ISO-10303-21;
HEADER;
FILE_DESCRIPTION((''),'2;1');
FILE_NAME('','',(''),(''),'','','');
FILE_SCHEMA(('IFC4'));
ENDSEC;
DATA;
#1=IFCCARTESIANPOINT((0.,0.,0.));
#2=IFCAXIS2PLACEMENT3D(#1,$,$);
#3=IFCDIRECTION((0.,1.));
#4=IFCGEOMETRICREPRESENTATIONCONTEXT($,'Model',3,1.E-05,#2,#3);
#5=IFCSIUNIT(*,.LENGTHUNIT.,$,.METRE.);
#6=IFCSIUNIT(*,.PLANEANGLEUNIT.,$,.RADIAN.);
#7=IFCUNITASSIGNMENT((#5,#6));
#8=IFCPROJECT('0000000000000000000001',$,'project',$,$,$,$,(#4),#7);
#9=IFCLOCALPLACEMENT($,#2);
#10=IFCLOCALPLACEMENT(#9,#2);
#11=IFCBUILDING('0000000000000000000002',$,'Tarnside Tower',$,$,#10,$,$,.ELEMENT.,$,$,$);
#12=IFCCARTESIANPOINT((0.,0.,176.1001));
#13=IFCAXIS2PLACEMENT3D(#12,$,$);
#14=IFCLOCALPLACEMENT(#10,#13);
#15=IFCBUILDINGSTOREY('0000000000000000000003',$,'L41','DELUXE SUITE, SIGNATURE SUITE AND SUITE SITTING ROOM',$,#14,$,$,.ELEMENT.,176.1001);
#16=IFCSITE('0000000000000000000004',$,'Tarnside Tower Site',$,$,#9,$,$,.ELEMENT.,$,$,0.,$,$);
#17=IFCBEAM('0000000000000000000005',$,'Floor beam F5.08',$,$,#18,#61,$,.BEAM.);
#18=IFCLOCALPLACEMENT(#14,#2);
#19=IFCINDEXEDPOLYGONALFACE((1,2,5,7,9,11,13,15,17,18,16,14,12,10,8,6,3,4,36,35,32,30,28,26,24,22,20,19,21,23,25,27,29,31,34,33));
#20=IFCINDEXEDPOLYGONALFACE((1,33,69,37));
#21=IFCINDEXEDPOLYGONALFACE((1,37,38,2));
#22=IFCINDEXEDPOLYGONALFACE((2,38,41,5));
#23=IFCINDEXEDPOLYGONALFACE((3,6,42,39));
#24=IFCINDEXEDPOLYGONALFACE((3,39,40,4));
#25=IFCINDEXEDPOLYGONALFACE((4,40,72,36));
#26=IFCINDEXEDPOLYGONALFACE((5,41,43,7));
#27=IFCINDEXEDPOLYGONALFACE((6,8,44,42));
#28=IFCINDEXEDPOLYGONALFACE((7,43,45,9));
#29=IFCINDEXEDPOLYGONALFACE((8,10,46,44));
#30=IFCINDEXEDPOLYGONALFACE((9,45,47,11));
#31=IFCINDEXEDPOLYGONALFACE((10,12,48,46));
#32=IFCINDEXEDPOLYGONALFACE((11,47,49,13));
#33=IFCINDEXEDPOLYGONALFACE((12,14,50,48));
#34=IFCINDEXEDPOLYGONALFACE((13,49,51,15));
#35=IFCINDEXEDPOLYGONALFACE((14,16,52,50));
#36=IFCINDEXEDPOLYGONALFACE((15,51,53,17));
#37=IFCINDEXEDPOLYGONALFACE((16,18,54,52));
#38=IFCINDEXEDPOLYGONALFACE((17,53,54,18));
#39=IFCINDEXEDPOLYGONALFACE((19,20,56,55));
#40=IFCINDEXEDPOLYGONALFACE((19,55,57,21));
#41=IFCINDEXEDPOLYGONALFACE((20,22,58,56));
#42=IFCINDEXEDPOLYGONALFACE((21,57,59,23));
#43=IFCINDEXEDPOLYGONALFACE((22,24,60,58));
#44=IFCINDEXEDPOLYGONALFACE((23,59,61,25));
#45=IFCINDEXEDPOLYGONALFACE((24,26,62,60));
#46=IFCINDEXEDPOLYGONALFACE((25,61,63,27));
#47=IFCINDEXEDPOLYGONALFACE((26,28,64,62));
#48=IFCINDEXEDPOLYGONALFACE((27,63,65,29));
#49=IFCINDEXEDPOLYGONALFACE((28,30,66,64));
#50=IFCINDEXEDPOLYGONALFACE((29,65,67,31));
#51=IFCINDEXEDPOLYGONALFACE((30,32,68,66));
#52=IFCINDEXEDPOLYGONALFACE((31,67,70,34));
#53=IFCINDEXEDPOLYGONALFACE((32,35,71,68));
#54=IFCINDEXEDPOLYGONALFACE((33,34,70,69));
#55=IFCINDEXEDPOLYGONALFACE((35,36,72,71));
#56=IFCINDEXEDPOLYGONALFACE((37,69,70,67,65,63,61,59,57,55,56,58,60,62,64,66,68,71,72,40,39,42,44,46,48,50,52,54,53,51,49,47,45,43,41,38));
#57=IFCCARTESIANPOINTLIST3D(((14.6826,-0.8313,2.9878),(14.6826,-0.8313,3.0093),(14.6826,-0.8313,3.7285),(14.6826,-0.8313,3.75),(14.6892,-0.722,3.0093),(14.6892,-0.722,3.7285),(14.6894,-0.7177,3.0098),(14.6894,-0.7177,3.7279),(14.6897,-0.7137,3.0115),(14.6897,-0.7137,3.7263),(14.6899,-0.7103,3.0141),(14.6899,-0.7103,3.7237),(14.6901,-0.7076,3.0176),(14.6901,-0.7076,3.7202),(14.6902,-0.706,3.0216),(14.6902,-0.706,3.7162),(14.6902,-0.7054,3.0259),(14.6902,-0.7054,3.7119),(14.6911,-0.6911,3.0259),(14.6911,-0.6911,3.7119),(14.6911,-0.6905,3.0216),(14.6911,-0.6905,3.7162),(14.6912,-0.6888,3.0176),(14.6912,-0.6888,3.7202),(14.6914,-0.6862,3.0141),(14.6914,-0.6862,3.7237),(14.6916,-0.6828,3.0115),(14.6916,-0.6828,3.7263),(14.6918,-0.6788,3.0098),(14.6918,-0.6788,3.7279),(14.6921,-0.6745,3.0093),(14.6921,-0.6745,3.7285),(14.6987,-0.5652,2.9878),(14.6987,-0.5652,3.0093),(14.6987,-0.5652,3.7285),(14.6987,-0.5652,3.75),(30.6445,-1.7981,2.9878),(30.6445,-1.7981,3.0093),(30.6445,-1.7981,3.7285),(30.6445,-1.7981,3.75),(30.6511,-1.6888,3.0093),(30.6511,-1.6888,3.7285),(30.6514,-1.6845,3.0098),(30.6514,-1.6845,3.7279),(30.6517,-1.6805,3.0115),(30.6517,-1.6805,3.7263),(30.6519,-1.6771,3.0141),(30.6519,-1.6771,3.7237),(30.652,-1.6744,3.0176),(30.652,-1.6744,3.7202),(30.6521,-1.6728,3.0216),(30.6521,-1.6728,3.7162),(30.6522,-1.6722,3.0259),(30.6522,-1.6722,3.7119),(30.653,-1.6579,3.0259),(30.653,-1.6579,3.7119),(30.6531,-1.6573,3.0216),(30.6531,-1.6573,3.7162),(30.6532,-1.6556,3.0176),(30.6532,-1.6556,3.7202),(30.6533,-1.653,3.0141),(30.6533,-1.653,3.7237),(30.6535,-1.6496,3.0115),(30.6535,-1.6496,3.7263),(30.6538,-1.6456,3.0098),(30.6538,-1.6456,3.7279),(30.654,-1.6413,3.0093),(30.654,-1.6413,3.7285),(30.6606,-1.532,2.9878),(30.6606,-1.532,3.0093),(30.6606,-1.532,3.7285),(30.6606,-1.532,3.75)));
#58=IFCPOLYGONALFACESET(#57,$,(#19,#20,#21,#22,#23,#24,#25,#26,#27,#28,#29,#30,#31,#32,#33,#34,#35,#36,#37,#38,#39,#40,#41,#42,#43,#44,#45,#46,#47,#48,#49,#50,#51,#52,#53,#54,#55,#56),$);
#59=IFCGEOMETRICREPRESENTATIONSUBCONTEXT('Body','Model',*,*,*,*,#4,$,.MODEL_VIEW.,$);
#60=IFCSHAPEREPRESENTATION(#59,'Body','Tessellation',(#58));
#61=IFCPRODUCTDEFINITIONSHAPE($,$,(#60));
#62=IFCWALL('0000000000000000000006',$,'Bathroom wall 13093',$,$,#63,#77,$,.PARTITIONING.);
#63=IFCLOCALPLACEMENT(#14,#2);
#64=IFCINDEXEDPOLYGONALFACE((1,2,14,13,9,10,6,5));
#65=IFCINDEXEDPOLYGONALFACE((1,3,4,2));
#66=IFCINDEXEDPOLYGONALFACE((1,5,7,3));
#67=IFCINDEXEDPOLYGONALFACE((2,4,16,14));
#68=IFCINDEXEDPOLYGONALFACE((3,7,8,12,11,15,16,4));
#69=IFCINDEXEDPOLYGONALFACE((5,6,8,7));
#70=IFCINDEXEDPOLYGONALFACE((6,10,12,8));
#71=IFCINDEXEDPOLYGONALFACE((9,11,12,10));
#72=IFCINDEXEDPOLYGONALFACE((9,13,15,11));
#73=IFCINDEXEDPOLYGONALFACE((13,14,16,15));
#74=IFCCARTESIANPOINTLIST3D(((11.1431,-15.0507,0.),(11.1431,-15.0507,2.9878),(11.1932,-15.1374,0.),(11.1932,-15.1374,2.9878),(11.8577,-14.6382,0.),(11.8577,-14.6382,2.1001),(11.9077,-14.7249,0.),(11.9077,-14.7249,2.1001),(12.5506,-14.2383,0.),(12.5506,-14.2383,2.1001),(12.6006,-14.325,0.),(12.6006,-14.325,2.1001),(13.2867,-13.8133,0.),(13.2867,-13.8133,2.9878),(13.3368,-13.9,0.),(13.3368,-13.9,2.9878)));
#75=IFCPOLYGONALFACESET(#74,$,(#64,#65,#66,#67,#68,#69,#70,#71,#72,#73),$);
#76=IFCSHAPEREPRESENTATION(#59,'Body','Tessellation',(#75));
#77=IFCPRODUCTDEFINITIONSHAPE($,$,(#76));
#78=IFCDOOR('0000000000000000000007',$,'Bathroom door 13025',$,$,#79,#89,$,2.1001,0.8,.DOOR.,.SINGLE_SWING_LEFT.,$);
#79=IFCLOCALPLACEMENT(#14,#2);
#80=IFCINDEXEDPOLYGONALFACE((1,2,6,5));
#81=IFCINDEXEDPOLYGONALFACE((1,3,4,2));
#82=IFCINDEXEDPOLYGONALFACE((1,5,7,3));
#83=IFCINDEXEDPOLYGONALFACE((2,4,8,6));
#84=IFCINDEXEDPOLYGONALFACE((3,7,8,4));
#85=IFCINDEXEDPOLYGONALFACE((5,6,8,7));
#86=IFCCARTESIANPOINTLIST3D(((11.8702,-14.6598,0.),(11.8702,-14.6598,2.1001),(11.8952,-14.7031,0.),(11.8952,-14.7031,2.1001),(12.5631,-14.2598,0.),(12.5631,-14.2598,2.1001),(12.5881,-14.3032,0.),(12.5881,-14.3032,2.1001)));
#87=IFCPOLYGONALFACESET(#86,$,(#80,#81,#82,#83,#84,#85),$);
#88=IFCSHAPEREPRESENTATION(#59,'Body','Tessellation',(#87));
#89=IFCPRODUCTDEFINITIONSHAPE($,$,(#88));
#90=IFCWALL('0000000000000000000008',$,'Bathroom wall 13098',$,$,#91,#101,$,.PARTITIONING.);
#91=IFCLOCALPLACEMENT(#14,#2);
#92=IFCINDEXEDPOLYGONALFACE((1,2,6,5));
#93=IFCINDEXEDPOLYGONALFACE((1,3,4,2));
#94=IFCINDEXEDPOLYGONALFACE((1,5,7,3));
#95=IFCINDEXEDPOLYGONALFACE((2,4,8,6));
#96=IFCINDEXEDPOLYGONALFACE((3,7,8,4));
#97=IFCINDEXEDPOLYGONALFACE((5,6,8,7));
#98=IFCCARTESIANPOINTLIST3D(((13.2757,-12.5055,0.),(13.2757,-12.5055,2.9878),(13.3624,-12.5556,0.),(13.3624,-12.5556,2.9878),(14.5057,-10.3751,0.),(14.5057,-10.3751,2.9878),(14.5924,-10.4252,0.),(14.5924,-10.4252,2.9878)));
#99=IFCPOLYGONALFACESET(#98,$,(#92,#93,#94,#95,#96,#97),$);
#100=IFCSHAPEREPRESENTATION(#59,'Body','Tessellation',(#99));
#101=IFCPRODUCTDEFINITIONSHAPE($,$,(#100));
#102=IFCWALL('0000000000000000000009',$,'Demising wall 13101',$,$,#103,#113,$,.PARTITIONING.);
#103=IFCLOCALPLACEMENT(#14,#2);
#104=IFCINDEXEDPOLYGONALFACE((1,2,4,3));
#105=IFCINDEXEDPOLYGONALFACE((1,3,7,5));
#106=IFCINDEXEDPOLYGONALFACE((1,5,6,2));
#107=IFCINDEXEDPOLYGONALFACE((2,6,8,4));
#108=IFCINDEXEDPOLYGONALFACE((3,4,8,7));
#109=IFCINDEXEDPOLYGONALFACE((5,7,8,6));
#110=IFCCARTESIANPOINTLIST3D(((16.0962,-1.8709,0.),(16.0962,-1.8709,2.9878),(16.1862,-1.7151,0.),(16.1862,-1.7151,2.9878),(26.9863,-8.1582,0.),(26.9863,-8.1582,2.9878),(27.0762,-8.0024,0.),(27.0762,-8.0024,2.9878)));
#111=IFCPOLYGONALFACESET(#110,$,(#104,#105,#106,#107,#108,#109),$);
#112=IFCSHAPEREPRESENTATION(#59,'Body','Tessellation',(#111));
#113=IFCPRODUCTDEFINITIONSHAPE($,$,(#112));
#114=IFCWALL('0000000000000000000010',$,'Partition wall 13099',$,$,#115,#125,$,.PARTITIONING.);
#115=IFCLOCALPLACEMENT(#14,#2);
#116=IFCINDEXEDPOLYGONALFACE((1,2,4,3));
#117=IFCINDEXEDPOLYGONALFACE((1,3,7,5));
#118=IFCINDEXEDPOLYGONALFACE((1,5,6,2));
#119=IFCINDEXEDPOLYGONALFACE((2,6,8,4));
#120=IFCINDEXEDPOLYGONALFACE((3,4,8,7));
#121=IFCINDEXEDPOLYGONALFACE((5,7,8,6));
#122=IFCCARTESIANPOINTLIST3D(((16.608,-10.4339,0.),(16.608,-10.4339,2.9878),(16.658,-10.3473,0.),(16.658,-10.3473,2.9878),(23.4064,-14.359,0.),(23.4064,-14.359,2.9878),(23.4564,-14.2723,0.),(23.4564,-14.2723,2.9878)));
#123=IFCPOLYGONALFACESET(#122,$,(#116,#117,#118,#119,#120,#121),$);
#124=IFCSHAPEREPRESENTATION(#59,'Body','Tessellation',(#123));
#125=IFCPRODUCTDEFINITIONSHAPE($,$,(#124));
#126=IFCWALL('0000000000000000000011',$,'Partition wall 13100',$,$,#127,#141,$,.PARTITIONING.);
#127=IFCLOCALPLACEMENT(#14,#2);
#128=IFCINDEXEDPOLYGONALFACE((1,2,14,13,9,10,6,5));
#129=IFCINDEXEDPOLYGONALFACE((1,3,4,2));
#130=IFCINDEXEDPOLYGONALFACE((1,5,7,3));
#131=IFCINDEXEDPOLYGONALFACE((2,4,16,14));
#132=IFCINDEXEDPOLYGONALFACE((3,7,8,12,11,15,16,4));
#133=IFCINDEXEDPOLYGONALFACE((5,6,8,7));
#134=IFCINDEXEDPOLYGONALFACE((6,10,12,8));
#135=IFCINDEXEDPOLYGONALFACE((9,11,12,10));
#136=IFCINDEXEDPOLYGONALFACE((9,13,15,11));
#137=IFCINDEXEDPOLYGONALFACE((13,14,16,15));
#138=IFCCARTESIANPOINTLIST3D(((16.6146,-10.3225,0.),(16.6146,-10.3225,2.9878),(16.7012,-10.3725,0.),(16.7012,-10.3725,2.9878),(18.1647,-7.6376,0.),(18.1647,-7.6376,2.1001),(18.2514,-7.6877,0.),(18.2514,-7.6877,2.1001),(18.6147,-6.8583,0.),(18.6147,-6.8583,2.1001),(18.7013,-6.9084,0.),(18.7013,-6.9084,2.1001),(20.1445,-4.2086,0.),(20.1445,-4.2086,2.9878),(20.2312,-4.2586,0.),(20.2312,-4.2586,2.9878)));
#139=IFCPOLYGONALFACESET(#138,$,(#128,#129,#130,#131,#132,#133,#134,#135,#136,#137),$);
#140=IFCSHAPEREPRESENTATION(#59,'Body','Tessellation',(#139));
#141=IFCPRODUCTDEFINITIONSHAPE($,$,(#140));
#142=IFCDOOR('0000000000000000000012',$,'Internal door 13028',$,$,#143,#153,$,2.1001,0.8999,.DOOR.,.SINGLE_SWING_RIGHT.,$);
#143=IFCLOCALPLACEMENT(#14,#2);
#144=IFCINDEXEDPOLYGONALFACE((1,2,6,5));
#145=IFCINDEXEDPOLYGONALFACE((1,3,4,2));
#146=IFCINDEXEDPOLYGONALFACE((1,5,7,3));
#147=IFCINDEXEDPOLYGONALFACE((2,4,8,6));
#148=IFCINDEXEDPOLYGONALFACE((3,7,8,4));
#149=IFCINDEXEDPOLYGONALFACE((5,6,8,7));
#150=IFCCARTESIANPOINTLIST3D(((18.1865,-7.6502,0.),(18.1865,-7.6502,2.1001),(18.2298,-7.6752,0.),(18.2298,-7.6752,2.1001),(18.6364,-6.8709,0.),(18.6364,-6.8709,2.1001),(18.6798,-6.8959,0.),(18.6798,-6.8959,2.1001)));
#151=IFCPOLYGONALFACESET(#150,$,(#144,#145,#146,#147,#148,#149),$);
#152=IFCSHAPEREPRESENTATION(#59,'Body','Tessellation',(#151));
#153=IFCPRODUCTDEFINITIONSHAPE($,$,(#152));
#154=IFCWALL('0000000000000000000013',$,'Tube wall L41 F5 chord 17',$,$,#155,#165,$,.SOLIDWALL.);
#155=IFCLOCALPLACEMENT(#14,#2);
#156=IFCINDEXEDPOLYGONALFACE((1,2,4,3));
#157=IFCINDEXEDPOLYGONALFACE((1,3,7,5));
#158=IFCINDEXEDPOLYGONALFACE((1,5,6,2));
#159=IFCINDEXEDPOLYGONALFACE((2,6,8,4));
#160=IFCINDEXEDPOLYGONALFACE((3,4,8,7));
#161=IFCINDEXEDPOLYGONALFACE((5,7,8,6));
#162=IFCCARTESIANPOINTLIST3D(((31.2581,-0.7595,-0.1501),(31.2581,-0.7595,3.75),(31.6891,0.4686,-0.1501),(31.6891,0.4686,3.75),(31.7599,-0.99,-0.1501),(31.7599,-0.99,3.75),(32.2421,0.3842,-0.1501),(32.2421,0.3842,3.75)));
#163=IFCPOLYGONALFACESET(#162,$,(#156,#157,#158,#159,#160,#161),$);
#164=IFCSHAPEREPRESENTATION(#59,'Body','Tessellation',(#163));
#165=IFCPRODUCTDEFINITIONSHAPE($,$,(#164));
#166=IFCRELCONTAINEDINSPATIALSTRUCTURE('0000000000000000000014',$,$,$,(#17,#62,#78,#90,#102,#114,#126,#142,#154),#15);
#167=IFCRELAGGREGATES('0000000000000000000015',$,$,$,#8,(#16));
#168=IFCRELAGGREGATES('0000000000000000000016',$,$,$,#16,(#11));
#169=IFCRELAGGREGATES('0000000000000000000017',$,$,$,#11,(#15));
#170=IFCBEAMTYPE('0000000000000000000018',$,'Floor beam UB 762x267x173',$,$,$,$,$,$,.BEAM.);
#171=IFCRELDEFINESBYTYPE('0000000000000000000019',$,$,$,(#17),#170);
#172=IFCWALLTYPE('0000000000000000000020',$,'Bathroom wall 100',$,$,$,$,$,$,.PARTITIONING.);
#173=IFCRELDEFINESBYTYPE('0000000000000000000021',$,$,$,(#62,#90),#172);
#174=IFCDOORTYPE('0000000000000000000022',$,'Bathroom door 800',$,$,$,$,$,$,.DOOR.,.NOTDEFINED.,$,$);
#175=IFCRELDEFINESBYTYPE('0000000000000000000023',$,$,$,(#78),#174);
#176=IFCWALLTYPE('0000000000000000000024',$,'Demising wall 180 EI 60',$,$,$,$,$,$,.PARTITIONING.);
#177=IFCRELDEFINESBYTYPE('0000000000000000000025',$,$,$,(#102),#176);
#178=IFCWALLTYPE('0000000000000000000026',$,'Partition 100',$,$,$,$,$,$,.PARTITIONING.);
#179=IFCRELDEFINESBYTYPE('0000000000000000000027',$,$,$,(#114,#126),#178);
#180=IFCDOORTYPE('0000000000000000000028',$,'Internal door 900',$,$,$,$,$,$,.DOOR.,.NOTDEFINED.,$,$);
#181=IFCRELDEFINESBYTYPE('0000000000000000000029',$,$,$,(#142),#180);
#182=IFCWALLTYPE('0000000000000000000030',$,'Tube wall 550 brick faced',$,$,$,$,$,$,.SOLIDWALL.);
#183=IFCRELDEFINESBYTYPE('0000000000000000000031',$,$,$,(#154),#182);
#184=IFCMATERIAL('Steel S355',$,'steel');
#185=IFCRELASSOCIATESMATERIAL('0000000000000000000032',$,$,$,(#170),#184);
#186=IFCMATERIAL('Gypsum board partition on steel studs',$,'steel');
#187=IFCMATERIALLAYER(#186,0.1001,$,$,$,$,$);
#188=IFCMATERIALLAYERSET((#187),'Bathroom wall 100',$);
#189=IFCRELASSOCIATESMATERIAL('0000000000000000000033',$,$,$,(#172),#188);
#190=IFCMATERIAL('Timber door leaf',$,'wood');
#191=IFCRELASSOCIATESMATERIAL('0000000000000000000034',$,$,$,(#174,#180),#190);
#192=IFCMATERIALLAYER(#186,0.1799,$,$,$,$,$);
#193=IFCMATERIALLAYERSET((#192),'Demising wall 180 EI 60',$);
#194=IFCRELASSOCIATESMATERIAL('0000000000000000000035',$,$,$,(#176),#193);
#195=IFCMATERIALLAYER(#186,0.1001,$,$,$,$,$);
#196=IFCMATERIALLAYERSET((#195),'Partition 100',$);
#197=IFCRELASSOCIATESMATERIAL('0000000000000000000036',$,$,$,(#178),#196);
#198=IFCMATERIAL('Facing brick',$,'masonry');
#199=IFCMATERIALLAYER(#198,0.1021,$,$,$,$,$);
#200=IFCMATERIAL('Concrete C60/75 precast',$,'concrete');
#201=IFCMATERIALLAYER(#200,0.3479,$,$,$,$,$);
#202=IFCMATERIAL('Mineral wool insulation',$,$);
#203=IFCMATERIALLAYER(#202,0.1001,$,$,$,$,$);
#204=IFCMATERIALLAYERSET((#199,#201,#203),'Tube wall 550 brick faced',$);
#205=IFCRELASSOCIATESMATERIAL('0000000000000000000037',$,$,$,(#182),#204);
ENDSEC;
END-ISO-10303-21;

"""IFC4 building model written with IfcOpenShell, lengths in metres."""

from ifc_helpers import new_model, si_unit, direction, frame, frame_2d, origin, origin_2d, place, context, subcontext, project, spatial, polyline, rectangle, i_section, outline, extrude, material, layer, layer_set, material_profile, profile_set, type_object, element, fill, save


model = new_model("IFC4")

# Units and contexts
model_context = context("Model", 3, precision=1e-05, world=origin(), true_north=direction((0.0, 1.0)))
body_context = subcontext(model_context, "Body", "Model", "MODEL_VIEW")
ifc_project = project(units=[si_unit("LENGTHUNIT", "METRE"), si_unit("PLANEANGLEUNIT", "RADIAN")], contexts=[model_context])

# Site, building, storey
site_placement = place(None, origin())
site = spatial("IfcSite", under=ifc_project, at=site_placement, Name="Tarnside Tower Site", CompositionType="ELEMENT", RefElevation=0.0)
building_placement = place(site_placement, origin())
building = spatial("IfcBuilding", under=site, at=building_placement, Name="Tarnside Tower", CompositionType="ELEMENT")
storey_placement = place(building_placement, frame((0.0, 0.0, 176.1001)))
storey = spatial("IfcBuildingStorey", under=building, at=storey_placement, Name="L41", Description="DELUXE SUITE, SIGNATURE SUITE AND SUITE SITTING ROOM", CompositionType="ELEMENT", Elevation=176.1001)

# Beam
ifc_material_1 = material(Name="Steel S355", Category="steel")
ifc_material_profile_1 = material_profile(ifc_material_1, i_section(OverallWidth=0.2666, OverallDepth=0.7622, WebThickness=0.0144, FlangeThickness=0.0215, FilletRadius=0.0166, at=origin_2d()), Name="UB 762x267x173")
ifc_profile_set_1 = profile_set([ifc_material_profile_1], Name="Steel S355")
beam_type_1 = type_object("IfcBeamType", Name="Floor beam UB 762x267x173", PredefinedType="BEAM", material=ifc_profile_set_1)
beam_1_placement = place(storey_placement, frame((30.6526, -1.665, 3.3689), z_axis=(-0.998171, 0.060458, 0.0), x_axis=(-0.060458, -0.998171, 0.0)))
element("IfcBeam", 1, at=beam_1_placement, inside=storey, type_object=beam_type_1, Name="Floor beam F5.08", PredefinedType="BEAM", context=body_context, shape_type="SweptSolid", body=[
    extrude(i_section(OverallWidth=0.2666, OverallDepth=0.7622, WebThickness=0.0144, FlangeThickness=0.0215, FilletRadius=0.0166, at=origin_2d()), origin(), (0.0, 0.0, 1.0), 15.9912),
])

# Wall, opening, door
ifc_material_2 = material(Name="Gypsum board partition on steel studs", Category="steel")
ifc_layer_1 = layer(ifc_material_2, 0.1001)
ifc_layer_set_1 = layer_set([ifc_layer_1], Name="Bathroom wall 100")
wall_type_1 = type_object("IfcWallType", Name="Bathroom wall 100", PredefinedType="PARTITIONING", material=ifc_layer_set_1)
wall_1_placement = place(storey_placement, frame((13.3118, -13.8567, 0.0), z_axis=(0.0, 0.0, 1.0), x_axis=(-0.866074, -0.499916, 0.0)))
wall_1 = element("IfcWall", 2, at=wall_1_placement, inside=storey, type_object=wall_type_1, Name="Bathroom wall 13093", PredefinedType="PARTITIONING", context=body_context, shape_type="SweptSolid", body=[
    extrude(rectangle(XDim=2.4751, YDim=0.1001, at=frame_2d((1.2375, 0.0))), origin(), (0.0, 0.0, 1.0), 2.9878),
])
opening_1_placement = place(wall_1_placement, frame((0.8501, 0.0, 0.0)))
opening_1 = element("IfcOpeningElement", 3, at=opening_1_placement, cuts=wall_1, PredefinedType="OPENING", context=body_context, shape_type="SweptSolid", body=[
    extrude(rectangle(XDim=0.8, YDim=2.1001, at=frame_2d((0.3999, 1.05))), frame((0.0, 0.0601, 0.0), z_axis=(0.0, -1.0, 0.0), x_axis=(1.0, 0.0, 0.0)), (0.0, 0.0, 1.0), 0.1201),
])
ifc_material_3 = material(Name="Timber door leaf", Category="wood")
door_type_1 = type_object("IfcDoorType", Name="Bathroom door 800", OperationType="NOTDEFINED", PredefinedType="DOOR", material=ifc_material_3)
door_1_placement = place(opening_1_placement, origin())
door_1 = element("IfcDoor", 4, at=door_1_placement, inside=storey, type_object=door_type_1, Name="Bathroom door 13025", OperationType="SINGLE_SWING_LEFT", OverallHeight=2.1001, OverallWidth=0.8, PredefinedType="DOOR", context=body_context, shape_type="SweptSolid", body=[
    extrude(rectangle(XDim=0.8, YDim=2.1001, at=frame_2d((0.3999, 1.05))), frame((0.0, 0.0249, 0.0), z_axis=(0.0, -1.0, 0.0), x_axis=(1.0, 0.0, 0.0)), (0.0, 0.0, 1.0), 0.05),
])
fill(opening_1, door_1)

# Walls
wall_2_placement = place(storey_placement, frame((14.5491, -10.4001, 0.0), z_axis=(0.0, 0.0, 1.0), x_axis=(-0.500003, -0.866024, 0.0)))
element("IfcWall", 5, at=wall_2_placement, inside=storey, type_object=wall_type_1, Name="Bathroom wall 13098", PredefinedType="PARTITIONING", context=body_context, shape_type="SweptSolid", body=[
    extrude(rectangle(XDim=2.46, YDim=0.1001, at=frame_2d((1.23, 0.0))), origin(), (0.0, 0.0, 1.0), 2.9878),
])
ifc_layer_2 = layer(ifc_material_2, 0.1799)
ifc_layer_set_2 = layer_set([ifc_layer_2], Name="Demising wall 180 EI 60")
wall_type_2 = type_object("IfcWallType", Name="Demising wall 180 EI 60", PredefinedType="PARTITIONING", material=ifc_layer_set_2)
wall_3_placement = place(storey_placement, frame((27.0312, -8.0803, 0.0), z_axis=(0.0, 0.0, 1.0), x_axis=(-0.866028, 0.499996, 0.0)))
element("IfcWall", 6, at=wall_3_placement, inside=storey, type_object=wall_type_2, Name="Demising wall 13101", PredefinedType="PARTITIONING", context=body_context, shape_type="SweptSolid", body=[
    extrude(rectangle(XDim=12.5747, YDim=0.1799, at=frame_2d((6.2874, 0.0))), origin(), (0.0, 0.0, 1.0), 2.9878),
])
ifc_layer_3 = layer(ifc_material_2, 0.1001)
ifc_layer_set_3 = layer_set([ifc_layer_3], Name="Partition 100")
wall_type_3 = type_object("IfcWallType", Name="Partition 100", PredefinedType="PARTITIONING", material=ifc_layer_set_3)
wall_4_placement = place(storey_placement, frame((23.4314, -14.3157, 0.0), z_axis=(0.0, 0.0, 1.0), x_axis=(-0.866024, 0.500002, 0.0)))
element("IfcWall", 7, at=wall_4_placement, inside=storey, type_object=wall_type_3, Name="Partition wall 13099", PredefinedType="PARTITIONING", context=body_context, shape_type="SweptSolid", body=[
    extrude(rectangle(XDim=7.8501, YDim=0.1001, at=frame_2d((3.925, 0.0))), origin(), (0.0, 0.0, 1.0), 2.9878),
])

# Wall, opening, door
wall_5_placement = place(storey_placement, frame((16.658, -10.3474, 0.0), z_axis=(0.0, 0.0, 1.0), x_axis=(0.500011, 0.866019, 0.0)))
wall_5 = element("IfcWall", 8, at=wall_5_placement, inside=storey, type_object=wall_type_3, Name="Partition wall 13100", PredefinedType="PARTITIONING", context=body_context, shape_type="SweptSolid", body=[
    extrude(rectangle(XDim=7.0598, YDim=0.1001, at=frame_2d((3.5298, 0.0))), origin(), (0.0, 0.0, 1.0), 2.9878),
])
opening_2_placement = place(wall_5_placement, frame((3.1001, 0.0, 0.0)))
opening_2 = element("IfcOpeningElement", 9, at=opening_2_placement, cuts=wall_5, PredefinedType="OPENING", context=body_context, shape_type="SweptSolid", body=[
    extrude(rectangle(XDim=0.8999, YDim=2.1001, at=frame_2d((0.45, 1.05))), frame((0.0, 0.0601, 0.0), z_axis=(0.0, -1.0, 0.0), x_axis=(1.0, 0.0, 0.0)), (0.0, 0.0, 1.0), 0.1201),
])
door_type_2 = type_object("IfcDoorType", Name="Internal door 900", OperationType="NOTDEFINED", PredefinedType="DOOR", material=ifc_material_3)
door_2_placement = place(opening_2_placement, origin())
door_2 = element("IfcDoor", 10, at=door_2_placement, inside=storey, type_object=door_type_2, Name="Internal door 13028", OperationType="SINGLE_SWING_RIGHT", OverallHeight=2.1001, OverallWidth=0.8999, PredefinedType="DOOR", context=body_context, shape_type="SweptSolid", body=[
    extrude(rectangle(XDim=0.8999, YDim=2.1001, at=frame_2d((0.45, 1.05))), frame((0.0, 0.0249, 0.0), z_axis=(0.0, -1.0, 0.0), x_axis=(1.0, 0.0, 0.0)), (0.0, 0.0, 1.0), 0.05),
])
fill(opening_2, door_2)

# Wall
ifc_material_4 = material(Name="Facing brick", Category="masonry")
ifc_layer_4 = layer(ifc_material_4, 0.1021)
ifc_material_5 = material(Name="Concrete C60/75 precast", Category="concrete")
ifc_layer_5 = layer(ifc_material_5, 0.3479)
ifc_material_6 = material(Name="Mineral wool insulation")
ifc_layer_6 = layer(ifc_material_6, 0.1001)
ifc_layer_set_4 = layer_set([ifc_layer_4, ifc_layer_5, ifc_layer_6], Name="Tube wall 550 brick faced")
wall_type_4 = type_object("IfcWallType", Name="Tube wall 550 brick faced", PredefinedType="SOLIDWALL", material=ifc_layer_set_4)
wall_6_placement = place(storey_placement, frame((31.509, -0.8748, -0.1501), z_axis=(0.0, 0.0, 1.0), x_axis=(0.331115, 0.94359, 0.0)))
element("IfcWall", 11, at=wall_6_placement, inside=storey, type_object=wall_type_4, Name="Tube wall L41 F5 chord 17", PredefinedType="SOLIDWALL", context=body_context, shape_type="SweptSolid", body=[
    extrude(outline(polyline([(-0.0256, -0.2749), (1.4307, -0.2749), (1.3271, 0.2749), (0.0256, 0.2749), (-0.0256, -0.2749)])), origin(), (0.0, 0.0, 1.0), 3.9001),
])

save(model, "model.ifc")
